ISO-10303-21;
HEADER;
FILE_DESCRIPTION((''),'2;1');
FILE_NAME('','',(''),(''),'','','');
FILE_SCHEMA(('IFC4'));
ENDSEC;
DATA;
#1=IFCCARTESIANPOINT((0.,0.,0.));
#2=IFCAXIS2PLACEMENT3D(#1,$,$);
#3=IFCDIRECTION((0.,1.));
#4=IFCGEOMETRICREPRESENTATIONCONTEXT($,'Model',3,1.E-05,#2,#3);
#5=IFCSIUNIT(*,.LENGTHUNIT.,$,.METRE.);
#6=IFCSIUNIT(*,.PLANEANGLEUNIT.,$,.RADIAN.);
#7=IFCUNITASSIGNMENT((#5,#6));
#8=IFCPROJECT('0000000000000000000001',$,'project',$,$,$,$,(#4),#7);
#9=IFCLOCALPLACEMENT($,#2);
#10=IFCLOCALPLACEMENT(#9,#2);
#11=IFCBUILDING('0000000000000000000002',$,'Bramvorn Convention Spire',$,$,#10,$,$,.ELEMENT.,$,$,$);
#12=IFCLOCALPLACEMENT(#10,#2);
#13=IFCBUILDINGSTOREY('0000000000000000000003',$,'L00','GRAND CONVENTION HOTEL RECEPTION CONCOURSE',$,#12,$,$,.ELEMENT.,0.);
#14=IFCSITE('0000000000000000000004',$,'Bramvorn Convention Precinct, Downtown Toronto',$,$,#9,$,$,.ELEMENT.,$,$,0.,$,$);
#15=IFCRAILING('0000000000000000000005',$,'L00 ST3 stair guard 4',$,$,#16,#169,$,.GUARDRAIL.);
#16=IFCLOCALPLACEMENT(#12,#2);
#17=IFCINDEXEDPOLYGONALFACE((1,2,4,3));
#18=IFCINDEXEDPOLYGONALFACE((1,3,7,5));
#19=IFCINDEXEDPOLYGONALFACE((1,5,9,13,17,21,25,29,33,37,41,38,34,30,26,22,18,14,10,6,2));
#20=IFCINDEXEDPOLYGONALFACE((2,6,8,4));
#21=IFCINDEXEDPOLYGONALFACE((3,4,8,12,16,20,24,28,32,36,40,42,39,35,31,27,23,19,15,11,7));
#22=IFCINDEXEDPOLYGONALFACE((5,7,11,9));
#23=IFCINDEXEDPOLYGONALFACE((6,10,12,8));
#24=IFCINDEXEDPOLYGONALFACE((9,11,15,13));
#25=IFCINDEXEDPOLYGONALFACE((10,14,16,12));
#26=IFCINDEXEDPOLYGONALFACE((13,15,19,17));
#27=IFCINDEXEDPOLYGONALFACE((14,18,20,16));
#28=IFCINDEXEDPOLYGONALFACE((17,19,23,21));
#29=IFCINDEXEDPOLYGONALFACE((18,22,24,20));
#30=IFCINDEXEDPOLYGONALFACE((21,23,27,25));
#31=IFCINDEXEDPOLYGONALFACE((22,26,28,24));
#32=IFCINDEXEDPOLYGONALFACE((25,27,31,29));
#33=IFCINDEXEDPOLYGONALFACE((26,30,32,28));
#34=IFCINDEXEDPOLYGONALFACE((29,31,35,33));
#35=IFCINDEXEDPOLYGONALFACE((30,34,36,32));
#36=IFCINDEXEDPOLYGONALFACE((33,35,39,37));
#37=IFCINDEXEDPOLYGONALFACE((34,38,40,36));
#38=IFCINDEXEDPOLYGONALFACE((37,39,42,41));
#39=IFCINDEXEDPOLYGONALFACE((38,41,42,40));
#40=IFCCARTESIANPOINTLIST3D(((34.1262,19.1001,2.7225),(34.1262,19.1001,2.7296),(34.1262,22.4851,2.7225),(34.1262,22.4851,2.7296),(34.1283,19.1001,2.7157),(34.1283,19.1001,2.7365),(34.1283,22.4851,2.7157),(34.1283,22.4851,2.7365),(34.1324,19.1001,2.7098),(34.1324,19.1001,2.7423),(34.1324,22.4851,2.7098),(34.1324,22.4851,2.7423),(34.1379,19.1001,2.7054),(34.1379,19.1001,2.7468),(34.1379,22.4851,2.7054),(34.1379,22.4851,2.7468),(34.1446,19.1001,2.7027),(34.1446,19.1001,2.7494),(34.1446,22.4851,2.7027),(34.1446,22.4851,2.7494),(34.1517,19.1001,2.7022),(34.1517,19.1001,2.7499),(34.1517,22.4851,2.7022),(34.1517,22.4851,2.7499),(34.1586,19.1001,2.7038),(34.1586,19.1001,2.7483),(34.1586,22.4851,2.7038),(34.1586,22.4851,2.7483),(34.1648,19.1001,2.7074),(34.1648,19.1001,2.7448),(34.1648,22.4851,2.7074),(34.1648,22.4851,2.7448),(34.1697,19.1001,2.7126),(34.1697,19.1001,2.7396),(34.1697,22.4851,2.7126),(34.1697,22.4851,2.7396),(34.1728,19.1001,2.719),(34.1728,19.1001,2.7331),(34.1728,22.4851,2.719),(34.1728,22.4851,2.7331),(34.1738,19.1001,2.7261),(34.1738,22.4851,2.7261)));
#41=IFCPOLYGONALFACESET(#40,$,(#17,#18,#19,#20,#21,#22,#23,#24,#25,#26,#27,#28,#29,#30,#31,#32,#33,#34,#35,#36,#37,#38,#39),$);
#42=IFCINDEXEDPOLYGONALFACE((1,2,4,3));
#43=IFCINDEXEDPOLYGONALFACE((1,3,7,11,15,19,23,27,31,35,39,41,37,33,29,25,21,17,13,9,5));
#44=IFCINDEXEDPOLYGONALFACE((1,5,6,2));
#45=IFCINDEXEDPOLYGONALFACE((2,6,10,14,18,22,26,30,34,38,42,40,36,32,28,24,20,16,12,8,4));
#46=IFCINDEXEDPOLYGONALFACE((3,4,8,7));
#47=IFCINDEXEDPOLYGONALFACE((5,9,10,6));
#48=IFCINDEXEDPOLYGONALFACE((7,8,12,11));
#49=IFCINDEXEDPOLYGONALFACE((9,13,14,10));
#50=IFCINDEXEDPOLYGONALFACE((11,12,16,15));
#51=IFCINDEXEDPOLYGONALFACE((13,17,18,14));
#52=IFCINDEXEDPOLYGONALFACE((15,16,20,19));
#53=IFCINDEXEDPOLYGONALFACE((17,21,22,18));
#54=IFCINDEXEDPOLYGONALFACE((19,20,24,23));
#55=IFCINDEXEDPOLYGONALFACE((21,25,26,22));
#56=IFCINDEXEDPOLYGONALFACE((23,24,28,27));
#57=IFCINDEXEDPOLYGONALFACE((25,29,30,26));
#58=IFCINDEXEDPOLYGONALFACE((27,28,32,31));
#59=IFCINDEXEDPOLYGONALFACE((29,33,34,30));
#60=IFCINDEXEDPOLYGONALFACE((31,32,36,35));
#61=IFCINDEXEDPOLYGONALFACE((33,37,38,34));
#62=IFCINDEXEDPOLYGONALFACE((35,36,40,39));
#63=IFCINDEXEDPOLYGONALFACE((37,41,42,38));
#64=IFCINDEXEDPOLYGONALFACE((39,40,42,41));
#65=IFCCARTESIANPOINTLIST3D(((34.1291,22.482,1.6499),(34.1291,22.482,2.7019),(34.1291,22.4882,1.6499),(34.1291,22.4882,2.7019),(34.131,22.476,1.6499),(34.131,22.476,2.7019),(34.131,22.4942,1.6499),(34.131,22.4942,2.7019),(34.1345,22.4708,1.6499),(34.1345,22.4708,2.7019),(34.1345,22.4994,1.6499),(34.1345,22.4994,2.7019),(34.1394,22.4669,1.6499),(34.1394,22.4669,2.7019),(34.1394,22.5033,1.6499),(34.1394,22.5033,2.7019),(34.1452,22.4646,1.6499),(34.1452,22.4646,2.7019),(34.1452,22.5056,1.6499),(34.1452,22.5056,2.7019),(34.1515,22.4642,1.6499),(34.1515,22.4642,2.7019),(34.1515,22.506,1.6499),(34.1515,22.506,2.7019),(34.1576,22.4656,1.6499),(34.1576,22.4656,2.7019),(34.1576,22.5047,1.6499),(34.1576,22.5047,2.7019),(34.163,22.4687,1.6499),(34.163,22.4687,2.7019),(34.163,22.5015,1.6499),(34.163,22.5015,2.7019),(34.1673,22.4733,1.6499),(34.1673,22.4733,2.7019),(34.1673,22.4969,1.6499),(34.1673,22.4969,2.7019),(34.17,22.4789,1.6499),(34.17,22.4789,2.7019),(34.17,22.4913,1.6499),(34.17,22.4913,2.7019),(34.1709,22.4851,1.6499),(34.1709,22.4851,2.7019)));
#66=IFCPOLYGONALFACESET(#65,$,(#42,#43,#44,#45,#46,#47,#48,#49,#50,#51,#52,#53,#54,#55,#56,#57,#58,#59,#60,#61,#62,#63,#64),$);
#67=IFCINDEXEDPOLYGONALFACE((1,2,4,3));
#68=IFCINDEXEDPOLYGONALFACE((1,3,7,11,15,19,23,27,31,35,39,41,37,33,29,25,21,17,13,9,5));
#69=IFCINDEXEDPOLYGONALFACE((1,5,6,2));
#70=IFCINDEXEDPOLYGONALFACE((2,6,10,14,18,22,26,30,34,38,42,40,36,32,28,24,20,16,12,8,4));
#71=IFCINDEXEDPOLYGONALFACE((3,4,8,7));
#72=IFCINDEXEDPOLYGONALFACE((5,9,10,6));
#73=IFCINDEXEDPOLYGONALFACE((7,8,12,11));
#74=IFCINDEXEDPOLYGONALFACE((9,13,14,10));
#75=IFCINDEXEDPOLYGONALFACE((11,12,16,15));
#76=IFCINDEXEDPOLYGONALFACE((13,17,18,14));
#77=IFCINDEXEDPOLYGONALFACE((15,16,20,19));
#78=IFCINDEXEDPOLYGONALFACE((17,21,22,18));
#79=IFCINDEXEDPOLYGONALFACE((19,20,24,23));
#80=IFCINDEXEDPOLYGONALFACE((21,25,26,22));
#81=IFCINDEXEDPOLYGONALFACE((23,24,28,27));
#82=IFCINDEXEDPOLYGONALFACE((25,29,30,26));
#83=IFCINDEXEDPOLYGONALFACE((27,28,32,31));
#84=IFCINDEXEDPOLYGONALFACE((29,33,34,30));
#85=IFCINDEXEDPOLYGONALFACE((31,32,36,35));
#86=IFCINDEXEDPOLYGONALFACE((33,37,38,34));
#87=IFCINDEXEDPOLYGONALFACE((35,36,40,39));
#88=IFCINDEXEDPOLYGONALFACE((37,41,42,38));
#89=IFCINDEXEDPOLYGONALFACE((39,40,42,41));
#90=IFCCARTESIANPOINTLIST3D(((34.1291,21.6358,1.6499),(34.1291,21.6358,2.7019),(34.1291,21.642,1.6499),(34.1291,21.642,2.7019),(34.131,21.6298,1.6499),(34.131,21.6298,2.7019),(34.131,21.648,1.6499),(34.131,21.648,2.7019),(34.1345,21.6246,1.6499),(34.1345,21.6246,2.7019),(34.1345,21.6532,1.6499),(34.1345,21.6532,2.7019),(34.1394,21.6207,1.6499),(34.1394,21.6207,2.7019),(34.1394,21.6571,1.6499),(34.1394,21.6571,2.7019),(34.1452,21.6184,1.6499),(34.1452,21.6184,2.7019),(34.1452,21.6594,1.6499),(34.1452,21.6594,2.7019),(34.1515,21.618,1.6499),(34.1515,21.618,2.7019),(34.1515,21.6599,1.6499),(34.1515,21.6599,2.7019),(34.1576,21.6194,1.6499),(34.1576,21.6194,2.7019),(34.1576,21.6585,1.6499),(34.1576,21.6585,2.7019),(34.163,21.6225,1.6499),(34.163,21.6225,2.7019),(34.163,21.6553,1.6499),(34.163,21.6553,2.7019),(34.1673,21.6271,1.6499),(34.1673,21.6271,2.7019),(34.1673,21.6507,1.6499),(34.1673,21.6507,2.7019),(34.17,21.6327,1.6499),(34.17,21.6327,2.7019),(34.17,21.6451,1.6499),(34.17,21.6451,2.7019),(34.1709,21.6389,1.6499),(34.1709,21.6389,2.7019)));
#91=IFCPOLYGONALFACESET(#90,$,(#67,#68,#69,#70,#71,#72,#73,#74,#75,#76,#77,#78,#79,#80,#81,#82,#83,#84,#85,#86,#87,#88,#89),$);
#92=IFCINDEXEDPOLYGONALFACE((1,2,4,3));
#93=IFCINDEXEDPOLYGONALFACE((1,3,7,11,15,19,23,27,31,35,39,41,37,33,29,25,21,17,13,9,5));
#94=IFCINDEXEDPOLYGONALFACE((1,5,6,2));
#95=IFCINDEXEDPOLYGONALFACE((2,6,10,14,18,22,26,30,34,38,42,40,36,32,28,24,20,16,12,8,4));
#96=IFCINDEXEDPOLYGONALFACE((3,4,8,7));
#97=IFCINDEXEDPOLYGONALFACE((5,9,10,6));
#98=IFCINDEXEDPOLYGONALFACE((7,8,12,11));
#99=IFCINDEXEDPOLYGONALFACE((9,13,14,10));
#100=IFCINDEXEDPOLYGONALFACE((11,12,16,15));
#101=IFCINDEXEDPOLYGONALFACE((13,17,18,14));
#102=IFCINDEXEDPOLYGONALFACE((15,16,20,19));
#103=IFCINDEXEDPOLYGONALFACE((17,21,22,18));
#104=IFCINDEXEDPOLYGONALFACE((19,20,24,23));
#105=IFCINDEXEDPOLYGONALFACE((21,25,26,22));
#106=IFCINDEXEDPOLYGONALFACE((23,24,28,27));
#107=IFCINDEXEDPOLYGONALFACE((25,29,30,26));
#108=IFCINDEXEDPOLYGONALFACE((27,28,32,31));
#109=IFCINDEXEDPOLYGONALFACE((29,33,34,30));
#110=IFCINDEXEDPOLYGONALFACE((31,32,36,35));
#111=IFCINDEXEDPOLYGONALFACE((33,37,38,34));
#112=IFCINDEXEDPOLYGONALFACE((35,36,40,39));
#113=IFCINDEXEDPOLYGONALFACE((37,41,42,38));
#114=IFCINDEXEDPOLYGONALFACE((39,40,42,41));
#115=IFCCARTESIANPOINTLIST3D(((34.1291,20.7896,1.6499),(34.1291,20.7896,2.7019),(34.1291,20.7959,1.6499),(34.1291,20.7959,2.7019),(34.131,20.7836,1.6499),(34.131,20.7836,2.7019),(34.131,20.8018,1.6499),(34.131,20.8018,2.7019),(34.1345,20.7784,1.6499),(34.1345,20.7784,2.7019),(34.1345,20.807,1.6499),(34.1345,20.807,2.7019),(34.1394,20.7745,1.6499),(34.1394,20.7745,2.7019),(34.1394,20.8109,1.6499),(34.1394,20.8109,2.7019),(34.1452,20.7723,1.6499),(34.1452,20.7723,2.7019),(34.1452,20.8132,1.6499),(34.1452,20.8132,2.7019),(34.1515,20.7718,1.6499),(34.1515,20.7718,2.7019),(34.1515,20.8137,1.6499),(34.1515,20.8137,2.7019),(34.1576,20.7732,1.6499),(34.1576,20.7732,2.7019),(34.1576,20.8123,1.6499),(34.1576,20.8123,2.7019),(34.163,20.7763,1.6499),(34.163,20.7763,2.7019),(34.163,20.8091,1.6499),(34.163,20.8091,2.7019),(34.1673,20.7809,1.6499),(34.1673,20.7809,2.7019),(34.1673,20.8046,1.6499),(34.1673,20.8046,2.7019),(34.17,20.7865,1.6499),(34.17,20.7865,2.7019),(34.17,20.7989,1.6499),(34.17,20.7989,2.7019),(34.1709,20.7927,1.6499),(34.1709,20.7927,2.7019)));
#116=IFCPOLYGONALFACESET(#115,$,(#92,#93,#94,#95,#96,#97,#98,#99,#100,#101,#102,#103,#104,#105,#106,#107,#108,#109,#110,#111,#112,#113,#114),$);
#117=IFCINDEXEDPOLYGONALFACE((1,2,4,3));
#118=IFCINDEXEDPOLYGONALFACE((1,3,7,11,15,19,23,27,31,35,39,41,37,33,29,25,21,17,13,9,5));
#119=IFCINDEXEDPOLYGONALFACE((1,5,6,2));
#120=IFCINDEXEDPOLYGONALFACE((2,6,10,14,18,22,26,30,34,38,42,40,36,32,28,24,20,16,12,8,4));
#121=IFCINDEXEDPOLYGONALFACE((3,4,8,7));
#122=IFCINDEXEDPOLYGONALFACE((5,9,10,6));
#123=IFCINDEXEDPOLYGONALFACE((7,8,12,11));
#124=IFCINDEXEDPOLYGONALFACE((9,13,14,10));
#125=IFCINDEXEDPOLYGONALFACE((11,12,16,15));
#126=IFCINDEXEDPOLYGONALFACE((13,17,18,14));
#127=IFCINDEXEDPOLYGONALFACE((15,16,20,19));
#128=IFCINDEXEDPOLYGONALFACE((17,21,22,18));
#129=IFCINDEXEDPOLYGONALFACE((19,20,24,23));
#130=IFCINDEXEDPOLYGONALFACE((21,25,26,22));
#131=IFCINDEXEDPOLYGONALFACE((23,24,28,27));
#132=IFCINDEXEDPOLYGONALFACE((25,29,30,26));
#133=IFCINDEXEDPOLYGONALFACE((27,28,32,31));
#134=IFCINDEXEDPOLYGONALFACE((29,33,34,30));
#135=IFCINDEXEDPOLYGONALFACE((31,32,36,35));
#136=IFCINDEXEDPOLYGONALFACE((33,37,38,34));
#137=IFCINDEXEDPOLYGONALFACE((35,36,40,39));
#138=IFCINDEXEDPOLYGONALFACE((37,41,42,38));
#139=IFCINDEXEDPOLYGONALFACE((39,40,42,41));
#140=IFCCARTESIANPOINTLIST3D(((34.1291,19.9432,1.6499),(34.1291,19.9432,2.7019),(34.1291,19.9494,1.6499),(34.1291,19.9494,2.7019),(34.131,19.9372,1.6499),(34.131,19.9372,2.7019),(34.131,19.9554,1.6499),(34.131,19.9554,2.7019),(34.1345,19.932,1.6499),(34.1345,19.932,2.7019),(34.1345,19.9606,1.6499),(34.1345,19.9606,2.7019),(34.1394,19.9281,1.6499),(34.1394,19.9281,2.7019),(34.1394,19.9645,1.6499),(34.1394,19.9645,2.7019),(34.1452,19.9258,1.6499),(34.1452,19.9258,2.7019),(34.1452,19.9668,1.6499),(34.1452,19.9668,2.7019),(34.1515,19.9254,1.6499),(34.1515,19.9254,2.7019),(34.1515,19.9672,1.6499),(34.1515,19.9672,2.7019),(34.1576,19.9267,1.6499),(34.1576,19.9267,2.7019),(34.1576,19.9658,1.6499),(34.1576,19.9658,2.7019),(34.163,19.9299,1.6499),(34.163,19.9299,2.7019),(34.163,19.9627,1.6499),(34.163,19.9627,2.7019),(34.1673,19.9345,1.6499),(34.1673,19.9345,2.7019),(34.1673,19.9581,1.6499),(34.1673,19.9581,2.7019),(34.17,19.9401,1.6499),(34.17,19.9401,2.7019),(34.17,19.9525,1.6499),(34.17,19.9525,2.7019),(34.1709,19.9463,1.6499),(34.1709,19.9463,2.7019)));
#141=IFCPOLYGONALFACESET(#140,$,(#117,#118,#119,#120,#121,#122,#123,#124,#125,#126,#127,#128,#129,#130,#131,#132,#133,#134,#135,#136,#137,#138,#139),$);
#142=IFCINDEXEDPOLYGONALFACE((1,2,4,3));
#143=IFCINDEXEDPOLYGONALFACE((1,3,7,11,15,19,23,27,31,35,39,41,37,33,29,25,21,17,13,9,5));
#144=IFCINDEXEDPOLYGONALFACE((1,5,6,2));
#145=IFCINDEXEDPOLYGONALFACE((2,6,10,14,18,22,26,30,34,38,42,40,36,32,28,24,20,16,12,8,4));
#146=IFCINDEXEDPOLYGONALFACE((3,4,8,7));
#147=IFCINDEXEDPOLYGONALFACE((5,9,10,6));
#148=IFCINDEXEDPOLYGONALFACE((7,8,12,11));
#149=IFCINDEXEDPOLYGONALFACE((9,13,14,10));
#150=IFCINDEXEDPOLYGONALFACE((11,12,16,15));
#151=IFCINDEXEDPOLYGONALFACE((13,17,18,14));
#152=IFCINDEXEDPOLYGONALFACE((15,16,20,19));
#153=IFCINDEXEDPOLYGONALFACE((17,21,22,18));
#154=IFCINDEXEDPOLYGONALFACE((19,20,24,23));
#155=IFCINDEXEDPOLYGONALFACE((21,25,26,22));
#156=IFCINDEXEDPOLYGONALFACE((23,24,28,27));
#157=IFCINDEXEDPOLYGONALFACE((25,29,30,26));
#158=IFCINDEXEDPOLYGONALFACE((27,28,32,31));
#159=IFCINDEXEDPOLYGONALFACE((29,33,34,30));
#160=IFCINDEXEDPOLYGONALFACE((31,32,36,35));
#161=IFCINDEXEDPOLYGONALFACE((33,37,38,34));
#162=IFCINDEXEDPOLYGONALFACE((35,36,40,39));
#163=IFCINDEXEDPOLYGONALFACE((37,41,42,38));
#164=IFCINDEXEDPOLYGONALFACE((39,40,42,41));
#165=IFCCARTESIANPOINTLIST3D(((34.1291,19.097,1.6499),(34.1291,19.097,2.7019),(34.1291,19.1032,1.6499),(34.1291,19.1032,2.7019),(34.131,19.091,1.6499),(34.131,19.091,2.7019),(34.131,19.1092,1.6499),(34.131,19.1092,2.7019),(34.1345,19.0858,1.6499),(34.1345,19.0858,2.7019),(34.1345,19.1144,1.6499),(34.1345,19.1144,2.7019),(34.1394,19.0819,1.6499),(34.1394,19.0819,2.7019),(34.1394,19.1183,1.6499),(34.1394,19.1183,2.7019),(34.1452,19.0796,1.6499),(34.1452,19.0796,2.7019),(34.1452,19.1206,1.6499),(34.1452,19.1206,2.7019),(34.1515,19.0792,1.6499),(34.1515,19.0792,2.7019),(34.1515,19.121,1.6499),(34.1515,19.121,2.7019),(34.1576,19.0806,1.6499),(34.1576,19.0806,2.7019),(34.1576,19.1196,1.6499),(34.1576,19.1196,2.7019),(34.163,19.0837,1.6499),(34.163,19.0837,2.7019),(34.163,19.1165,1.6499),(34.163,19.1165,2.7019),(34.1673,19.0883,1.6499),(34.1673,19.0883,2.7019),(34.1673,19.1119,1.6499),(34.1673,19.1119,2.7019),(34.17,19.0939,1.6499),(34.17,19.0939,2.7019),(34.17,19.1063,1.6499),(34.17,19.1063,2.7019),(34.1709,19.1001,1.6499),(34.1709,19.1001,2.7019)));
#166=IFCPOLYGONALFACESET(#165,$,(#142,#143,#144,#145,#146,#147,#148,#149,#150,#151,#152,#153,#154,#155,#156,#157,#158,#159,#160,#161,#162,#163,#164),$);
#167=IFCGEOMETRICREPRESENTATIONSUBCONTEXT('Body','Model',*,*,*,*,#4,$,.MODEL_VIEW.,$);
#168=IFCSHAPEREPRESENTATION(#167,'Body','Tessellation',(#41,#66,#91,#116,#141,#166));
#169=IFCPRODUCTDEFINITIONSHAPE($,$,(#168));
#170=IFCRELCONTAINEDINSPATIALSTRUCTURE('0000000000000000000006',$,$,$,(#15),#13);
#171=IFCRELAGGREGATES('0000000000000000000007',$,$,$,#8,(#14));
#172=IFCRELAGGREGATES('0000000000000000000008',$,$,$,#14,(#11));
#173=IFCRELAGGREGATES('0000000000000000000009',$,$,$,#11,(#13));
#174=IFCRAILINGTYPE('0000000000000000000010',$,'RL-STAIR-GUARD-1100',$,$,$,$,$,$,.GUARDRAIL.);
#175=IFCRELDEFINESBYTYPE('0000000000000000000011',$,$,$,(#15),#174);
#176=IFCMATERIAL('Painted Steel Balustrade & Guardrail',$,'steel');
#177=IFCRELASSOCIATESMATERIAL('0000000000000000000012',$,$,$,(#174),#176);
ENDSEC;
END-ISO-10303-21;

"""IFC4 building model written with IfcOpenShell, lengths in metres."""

from ifc_helpers import new_model, si_unit, direction, frame, origin, origin_2d, place, context, subcontext, project, spatial, circle, extrude, material, type_object, element, save


model = new_model("IFC4")

# Units and contexts
model_context = context("Model", 3, precision=1e-05, world=origin(), true_north=direction((0.0, 1.0)))
body_context = subcontext(model_context, "Body", "Model", "MODEL_VIEW")
ifc_project = project(units=[si_unit("LENGTHUNIT", "METRE"), si_unit("PLANEANGLEUNIT", "RADIAN")], contexts=[model_context])

# Site, building, storey
site_placement = place(None, origin())
site = spatial("IfcSite", under=ifc_project, at=site_placement, Name="Bramvorn Convention Precinct, Downtown Toronto", CompositionType="ELEMENT", RefElevation=0.0)
building_placement = place(site_placement, origin())
building = spatial("IfcBuilding", under=site, at=building_placement, Name="Bramvorn Convention Spire", CompositionType="ELEMENT")
storey_placement = place(building_placement, origin())
storey = spatial("IfcBuildingStorey", under=building, at=storey_placement, Name="L00", Description="GRAND CONVENTION HOTEL RECEPTION CONCOURSE", CompositionType="ELEMENT", Elevation=0.0)

# Railing
ifc_material_1 = material(Name="Painted Steel Balustrade & Guardrail", Category="steel")
railing_type_1 = type_object("IfcRailingType", Name="RL-STAIR-GUARD-1100", PredefinedType="GUARDRAIL", material=ifc_material_1)
railing_1_placement = place(storey_placement, frame((34.1499, 22.4851, 1.6499)))
element("IfcRailing", 1, at=railing_1_placement, inside=storey, type_object=railing_type_1, Name="L00 ST3 stair guard 4", PredefinedType="GUARDRAIL", context=body_context, shape_type="SweptSolid", body=[
    extrude(circle(Radius=0.0239, at=origin_2d()), frame((0.0, 0.0, 1.0762), z_axis=(0.0, -1.0, 0.0), x_axis=(1.0, 0.0, 0.0)), (0.0, 0.0, 1.0), 3.385),
    extrude(circle(Radius=0.021, at=origin_2d()), origin(), (0.0, 0.0, 1.0), 1.052),
    extrude(circle(Radius=0.021, at=origin_2d()), frame((0.0, -0.8462, 0.0)), (0.0, 0.0, 1.0), 1.052),
    extrude(circle(Radius=0.021, at=origin_2d()), frame((0.0, -1.6924, 0.0)), (0.0, 0.0, 1.0), 1.052),
    extrude(circle(Radius=0.021, at=origin_2d()), frame((0.0, -2.5388, 0.0)), (0.0, 0.0, 1.0), 1.052),
    extrude(circle(Radius=0.021, at=origin_2d()), frame((0.0, -3.385, 0.0)), (0.0, 0.0, 1.0), 1.052),
])

save(model, "model.ifc")
